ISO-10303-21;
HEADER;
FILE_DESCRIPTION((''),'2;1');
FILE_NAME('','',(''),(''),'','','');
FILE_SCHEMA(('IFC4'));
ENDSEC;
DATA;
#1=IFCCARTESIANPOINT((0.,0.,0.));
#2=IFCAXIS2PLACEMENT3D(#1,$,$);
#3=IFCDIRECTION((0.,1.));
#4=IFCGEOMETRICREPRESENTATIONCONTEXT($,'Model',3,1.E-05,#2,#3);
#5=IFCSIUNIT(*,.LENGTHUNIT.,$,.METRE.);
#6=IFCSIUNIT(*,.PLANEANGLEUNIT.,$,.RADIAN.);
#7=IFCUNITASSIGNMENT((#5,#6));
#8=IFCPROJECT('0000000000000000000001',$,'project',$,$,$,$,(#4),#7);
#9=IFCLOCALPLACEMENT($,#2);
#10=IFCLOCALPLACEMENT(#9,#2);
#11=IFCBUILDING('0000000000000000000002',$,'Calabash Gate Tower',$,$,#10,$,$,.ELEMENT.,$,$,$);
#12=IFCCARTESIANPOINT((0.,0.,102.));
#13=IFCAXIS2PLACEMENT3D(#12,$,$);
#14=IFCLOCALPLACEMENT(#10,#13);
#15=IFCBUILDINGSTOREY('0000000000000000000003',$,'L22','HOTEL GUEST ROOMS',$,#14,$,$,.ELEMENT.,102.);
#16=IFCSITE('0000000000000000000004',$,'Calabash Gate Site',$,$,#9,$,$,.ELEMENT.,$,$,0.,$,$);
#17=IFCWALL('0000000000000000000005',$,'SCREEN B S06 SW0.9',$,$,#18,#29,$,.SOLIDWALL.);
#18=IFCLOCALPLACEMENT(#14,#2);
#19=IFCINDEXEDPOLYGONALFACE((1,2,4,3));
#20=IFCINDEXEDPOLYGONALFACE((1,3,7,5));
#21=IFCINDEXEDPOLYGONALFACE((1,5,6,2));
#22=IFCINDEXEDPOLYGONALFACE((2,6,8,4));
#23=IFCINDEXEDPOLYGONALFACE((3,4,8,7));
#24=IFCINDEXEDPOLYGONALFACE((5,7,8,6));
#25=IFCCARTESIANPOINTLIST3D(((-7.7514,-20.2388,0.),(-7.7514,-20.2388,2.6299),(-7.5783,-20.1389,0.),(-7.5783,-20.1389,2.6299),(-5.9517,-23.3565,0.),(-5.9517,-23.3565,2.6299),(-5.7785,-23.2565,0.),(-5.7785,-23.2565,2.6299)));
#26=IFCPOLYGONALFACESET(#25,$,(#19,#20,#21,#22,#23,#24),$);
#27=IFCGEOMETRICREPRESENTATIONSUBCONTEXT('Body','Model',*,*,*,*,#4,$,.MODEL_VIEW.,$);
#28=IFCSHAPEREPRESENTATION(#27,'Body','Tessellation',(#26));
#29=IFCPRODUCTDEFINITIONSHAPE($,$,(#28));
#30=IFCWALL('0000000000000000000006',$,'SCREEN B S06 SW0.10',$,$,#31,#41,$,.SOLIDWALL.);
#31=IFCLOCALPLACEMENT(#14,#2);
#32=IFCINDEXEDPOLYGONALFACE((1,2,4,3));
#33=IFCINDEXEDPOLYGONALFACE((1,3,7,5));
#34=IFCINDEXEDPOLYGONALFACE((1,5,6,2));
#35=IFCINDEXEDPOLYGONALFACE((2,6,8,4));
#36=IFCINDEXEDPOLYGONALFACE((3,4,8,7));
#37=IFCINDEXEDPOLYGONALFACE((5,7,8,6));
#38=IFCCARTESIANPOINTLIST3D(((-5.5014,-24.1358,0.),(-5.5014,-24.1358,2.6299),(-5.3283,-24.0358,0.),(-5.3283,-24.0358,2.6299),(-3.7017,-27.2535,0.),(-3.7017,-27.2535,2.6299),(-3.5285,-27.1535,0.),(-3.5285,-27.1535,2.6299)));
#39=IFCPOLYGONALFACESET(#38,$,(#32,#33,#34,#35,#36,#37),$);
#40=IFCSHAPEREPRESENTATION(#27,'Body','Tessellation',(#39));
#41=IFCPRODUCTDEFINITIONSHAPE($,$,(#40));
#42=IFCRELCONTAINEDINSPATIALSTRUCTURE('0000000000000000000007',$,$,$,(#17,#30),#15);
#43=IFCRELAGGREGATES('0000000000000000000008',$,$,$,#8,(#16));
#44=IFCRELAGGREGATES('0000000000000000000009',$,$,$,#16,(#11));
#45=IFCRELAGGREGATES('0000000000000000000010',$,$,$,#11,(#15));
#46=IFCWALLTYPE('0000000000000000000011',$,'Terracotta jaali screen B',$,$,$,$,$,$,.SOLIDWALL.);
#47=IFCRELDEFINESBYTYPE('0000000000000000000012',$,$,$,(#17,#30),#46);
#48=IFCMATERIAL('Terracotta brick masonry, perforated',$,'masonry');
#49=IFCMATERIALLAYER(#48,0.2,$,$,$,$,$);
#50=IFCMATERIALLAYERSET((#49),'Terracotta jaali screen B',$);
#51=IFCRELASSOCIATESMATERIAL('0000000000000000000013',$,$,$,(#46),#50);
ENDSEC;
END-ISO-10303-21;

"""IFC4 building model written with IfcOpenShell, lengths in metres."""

from ifc_helpers import new_model, si_unit, direction, frame, frame_2d, origin, place, context, subcontext, project, spatial, rectangle, extrude, material, layer, layer_set, type_object, element, save


model = new_model("IFC4")

# Units and contexts
model_context = context("Model", 3, precision=1e-05, world=origin(), true_north=direction((0.0, 1.0)))
body_context = subcontext(model_context, "Body", "Model", "MODEL_VIEW")
ifc_project = project(units=[si_unit("LENGTHUNIT", "METRE"), si_unit("PLANEANGLEUNIT", "RADIAN")], contexts=[model_context])

# Site, building, storey
site_placement = place(None, origin())
site = spatial("IfcSite", under=ifc_project, at=site_placement, Name="Calabash Gate Site", CompositionType="ELEMENT", RefElevation=0.0)
building_placement = place(site_placement, origin())
building = spatial("IfcBuilding", under=site, at=building_placement, Name="Calabash Gate Tower", CompositionType="ELEMENT")
storey_placement = place(building_placement, frame((0.0, 0.0, 102.0)))
storey = spatial("IfcBuildingStorey", under=building, at=storey_placement, Name="L22", Description="HOTEL GUEST ROOMS", CompositionType="ELEMENT", Elevation=102.0)

# Walls
ifc_material_1 = material(Name="Terracotta brick masonry, perforated", Category="masonry")
ifc_layer_1 = layer(ifc_material_1, 0.2)
ifc_layer_set_1 = layer_set([ifc_layer_1], Name="Terracotta jaali screen B")
wall_type_1 = type_object("IfcWallType", Name="Terracotta jaali screen B", PredefinedType="SOLIDWALL", material=ifc_layer_set_1)
for number, where, z_axis, x_axis, name in (
    (1, (-7.6648, -20.189, 0.0), (0.0, 0.0, 1.0), (0.499961, -0.866048, 0.0), "SCREEN B S06 SW0.9"),
    (2, (-5.4148, -24.0859, 0.0), (0.0, 0.0, 1.0), (0.499961, -0.866048, 0.0), "SCREEN B S06 SW0.10"),
):
    element("IfcWall", number, at=place(storey_placement, frame(where, z_axis=z_axis, x_axis=x_axis)), inside=storey, type_object=wall_type_1, Name=name, PredefinedType="SOLIDWALL", context=body_context, shape_type="SweptSolid", body=[
        extrude(rectangle(XDim=3.5999, YDim=0.2, at=frame_2d((1.7998, 0.0))), origin(), (0.0, 0.0, 1.0), 2.6299),
    ])

save(model, "model.ifc")
